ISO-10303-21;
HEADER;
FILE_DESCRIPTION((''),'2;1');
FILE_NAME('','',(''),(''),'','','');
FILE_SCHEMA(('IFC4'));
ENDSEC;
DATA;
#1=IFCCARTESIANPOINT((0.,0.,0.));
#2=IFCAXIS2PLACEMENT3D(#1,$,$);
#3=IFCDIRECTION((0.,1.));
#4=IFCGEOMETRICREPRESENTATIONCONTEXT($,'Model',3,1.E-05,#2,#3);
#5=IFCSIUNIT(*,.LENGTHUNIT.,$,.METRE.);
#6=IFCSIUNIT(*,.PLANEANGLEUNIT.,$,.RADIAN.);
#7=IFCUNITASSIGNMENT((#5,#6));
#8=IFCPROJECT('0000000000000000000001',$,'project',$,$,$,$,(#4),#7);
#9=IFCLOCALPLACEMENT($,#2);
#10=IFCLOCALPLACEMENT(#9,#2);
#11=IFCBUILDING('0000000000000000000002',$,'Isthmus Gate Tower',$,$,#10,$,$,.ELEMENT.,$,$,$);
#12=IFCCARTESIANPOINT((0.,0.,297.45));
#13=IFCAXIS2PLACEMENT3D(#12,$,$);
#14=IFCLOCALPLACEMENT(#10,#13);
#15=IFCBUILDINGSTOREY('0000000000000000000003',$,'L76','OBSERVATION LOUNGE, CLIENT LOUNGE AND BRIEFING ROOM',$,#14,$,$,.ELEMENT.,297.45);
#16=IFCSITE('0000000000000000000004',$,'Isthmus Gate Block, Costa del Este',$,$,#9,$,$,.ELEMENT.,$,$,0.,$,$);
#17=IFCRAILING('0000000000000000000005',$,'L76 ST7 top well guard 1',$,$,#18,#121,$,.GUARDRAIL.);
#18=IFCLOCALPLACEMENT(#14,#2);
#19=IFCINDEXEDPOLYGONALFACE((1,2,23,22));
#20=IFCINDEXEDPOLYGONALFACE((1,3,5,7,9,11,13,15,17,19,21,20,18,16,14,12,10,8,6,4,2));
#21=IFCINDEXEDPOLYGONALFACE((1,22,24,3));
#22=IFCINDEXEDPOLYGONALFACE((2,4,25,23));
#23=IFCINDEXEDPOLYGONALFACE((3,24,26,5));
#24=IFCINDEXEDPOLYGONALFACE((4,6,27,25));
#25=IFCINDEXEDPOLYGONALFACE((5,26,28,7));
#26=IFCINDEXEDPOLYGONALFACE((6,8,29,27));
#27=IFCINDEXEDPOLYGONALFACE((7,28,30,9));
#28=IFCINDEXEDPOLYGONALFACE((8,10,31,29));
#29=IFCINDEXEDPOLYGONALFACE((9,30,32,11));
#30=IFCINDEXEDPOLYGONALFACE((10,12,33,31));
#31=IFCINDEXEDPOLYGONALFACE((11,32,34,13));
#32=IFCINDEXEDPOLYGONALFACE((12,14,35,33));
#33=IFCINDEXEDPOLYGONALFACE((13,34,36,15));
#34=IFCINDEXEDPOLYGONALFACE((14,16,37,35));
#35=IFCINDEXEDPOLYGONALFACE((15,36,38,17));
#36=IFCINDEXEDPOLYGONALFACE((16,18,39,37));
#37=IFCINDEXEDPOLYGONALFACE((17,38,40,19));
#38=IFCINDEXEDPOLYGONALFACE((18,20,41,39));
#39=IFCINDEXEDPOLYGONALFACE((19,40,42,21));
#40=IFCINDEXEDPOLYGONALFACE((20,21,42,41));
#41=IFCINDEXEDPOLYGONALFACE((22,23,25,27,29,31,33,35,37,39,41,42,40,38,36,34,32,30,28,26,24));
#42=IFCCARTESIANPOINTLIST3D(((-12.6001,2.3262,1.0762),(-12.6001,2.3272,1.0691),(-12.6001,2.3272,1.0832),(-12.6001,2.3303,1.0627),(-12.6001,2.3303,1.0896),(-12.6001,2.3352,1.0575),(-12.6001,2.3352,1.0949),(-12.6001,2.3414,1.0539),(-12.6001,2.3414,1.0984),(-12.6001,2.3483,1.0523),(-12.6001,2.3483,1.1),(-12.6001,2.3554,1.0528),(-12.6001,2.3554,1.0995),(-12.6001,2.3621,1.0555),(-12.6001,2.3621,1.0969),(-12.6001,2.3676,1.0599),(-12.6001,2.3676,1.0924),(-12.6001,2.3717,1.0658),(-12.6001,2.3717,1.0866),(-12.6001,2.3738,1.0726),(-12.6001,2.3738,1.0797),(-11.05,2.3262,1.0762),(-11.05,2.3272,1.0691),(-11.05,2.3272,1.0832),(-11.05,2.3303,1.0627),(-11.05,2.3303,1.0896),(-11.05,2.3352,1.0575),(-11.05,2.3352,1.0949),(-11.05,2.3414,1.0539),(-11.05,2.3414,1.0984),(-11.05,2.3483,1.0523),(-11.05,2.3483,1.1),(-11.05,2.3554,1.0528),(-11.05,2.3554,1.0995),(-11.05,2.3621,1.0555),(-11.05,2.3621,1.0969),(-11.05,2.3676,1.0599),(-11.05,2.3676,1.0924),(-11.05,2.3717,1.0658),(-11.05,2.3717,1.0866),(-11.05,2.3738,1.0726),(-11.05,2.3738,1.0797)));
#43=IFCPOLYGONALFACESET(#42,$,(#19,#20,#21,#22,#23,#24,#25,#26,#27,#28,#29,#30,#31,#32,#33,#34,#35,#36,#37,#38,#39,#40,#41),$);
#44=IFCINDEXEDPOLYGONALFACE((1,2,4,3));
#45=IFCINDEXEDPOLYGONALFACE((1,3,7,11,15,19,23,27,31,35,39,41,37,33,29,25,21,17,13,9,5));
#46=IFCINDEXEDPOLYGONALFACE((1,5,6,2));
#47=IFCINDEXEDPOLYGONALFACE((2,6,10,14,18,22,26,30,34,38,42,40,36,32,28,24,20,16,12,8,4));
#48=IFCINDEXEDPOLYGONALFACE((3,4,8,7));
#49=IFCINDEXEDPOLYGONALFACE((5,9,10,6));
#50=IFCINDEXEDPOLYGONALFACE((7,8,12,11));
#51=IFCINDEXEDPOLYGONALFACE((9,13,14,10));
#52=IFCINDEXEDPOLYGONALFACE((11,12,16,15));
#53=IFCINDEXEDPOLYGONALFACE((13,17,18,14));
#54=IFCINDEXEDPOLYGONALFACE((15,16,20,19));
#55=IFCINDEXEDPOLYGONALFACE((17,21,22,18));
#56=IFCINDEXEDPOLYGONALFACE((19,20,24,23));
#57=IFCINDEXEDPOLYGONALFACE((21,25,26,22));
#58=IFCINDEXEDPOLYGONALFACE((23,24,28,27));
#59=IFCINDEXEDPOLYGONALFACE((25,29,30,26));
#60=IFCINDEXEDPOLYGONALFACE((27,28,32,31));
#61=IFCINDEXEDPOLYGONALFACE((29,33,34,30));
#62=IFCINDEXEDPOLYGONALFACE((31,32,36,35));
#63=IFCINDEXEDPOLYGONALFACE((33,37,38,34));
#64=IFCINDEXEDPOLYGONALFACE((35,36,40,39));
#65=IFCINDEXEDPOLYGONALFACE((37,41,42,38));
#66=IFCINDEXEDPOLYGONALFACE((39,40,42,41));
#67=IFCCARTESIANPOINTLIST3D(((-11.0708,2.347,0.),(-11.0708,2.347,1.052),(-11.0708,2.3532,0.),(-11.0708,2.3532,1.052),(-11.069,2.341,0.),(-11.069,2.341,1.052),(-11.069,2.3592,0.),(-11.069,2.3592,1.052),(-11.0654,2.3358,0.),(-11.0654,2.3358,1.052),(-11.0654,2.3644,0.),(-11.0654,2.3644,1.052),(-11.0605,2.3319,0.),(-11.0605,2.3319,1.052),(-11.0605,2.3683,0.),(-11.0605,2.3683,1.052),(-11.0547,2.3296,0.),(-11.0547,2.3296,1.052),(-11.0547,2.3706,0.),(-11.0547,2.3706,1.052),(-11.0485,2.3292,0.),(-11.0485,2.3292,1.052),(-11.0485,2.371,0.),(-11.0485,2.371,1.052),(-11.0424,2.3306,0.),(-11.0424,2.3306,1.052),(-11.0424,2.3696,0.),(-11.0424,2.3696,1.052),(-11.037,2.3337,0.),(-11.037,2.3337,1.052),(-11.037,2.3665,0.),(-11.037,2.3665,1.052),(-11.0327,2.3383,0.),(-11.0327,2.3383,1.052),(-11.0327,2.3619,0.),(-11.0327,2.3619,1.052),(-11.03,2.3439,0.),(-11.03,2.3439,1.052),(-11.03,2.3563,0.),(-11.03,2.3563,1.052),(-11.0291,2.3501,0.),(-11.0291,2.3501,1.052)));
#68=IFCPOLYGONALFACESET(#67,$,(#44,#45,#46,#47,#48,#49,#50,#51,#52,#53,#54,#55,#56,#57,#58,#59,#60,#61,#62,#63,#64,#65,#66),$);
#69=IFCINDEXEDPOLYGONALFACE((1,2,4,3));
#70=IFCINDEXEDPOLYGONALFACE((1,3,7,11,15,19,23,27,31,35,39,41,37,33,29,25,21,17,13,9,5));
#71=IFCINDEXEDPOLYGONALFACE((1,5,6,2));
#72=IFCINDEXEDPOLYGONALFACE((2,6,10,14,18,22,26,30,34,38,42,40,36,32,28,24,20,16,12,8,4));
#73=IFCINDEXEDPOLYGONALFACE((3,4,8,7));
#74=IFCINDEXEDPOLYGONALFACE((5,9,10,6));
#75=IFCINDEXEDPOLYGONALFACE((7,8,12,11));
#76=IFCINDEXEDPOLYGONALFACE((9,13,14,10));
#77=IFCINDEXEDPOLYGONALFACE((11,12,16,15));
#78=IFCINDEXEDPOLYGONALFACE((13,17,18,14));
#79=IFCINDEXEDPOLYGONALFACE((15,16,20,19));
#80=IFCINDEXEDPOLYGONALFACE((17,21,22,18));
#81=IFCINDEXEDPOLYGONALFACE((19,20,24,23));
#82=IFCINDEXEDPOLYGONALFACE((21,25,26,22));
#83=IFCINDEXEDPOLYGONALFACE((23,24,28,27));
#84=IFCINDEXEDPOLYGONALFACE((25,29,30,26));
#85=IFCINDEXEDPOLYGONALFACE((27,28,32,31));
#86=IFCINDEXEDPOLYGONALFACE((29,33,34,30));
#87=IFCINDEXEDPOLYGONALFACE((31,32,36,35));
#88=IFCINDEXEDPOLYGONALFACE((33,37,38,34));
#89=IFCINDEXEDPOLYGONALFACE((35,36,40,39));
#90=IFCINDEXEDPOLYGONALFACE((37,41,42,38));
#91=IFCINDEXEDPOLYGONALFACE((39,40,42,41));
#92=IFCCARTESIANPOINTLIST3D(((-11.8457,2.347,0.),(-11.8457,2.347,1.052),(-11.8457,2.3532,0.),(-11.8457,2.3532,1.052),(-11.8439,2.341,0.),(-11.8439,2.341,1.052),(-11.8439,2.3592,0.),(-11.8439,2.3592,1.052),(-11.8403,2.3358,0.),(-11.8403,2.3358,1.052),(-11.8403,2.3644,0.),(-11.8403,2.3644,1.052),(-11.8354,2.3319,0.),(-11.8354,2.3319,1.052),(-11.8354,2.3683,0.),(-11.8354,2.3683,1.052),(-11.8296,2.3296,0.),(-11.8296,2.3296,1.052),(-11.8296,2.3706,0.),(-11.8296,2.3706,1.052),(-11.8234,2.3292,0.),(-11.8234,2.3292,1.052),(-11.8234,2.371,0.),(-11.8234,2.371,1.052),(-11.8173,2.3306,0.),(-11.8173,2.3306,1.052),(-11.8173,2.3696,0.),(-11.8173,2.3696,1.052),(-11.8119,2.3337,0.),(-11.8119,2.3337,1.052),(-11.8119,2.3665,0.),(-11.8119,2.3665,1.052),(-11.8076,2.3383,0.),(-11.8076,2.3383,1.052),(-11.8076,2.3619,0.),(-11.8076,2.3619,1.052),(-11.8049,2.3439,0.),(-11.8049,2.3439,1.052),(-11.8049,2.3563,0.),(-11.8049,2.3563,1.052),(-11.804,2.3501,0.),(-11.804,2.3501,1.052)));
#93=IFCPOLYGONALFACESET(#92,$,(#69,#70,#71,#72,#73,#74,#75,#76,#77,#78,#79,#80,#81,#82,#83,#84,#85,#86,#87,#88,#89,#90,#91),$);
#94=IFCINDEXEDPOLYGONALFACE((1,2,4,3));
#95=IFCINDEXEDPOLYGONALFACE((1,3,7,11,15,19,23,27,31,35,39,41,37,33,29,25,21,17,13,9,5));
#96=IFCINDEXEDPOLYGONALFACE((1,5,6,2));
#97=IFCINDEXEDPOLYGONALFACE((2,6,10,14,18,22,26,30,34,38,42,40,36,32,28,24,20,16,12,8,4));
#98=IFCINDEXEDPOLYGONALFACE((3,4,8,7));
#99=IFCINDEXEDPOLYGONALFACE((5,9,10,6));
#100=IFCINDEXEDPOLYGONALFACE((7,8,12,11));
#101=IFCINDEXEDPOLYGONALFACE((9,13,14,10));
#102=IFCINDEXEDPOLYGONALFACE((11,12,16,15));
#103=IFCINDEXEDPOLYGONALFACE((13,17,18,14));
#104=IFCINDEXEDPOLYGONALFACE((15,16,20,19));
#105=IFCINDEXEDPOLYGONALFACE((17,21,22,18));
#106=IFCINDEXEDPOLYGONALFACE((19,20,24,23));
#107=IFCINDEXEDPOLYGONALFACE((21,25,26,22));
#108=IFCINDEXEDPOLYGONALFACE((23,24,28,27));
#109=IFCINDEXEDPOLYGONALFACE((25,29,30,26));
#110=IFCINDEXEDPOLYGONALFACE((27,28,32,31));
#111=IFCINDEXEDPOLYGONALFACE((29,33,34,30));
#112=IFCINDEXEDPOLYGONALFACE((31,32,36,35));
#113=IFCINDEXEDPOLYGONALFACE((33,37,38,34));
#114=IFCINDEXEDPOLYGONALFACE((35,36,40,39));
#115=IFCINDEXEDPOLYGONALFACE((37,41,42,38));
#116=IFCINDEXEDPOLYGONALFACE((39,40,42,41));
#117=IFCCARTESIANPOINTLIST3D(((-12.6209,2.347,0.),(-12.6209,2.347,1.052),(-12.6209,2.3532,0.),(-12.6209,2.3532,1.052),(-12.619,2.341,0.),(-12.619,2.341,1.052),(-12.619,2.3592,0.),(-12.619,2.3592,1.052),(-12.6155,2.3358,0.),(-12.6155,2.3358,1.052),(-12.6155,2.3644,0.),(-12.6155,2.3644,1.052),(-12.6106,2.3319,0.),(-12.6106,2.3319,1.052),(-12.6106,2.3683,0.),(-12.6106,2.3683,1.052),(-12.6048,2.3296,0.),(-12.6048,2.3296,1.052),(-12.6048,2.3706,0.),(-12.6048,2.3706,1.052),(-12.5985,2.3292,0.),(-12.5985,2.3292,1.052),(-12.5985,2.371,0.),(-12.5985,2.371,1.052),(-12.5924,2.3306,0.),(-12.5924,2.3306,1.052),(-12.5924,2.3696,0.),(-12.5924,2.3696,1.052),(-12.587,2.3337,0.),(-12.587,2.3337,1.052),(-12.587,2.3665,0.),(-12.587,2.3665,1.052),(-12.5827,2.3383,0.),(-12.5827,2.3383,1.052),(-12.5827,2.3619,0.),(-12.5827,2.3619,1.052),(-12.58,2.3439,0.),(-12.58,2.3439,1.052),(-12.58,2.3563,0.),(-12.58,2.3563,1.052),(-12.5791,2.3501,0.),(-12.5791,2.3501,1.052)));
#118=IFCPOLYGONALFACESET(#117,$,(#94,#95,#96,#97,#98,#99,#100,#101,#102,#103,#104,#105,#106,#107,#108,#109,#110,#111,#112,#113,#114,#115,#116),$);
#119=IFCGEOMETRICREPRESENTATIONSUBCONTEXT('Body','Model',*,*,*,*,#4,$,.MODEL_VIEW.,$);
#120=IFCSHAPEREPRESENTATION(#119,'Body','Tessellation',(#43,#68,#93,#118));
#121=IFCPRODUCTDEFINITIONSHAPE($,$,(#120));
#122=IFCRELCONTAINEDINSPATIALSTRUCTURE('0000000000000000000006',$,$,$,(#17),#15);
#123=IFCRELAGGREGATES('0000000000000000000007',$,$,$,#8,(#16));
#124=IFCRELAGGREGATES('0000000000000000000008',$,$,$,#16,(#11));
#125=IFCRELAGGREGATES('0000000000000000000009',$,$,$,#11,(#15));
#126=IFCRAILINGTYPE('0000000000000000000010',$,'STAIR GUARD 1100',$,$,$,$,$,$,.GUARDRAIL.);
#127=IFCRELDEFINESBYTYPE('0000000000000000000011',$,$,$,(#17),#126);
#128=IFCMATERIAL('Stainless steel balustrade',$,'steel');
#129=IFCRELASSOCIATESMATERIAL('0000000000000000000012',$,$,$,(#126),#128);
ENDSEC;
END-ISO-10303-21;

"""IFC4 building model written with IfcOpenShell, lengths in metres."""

from ifc_helpers import new_model, si_unit, direction, frame, origin, origin_2d, place, context, subcontext, project, spatial, circle, extrude, material, type_object, element, save


model = new_model("IFC4")

# Units and contexts
model_context = context("Model", 3, precision=1e-05, world=origin(), true_north=direction((0.0, 1.0)))
body_context = subcontext(model_context, "Body", "Model", "MODEL_VIEW")
ifc_project = project(units=[si_unit("LENGTHUNIT", "METRE"), si_unit("PLANEANGLEUNIT", "RADIAN")], contexts=[model_context])

# Site, building, storey
site_placement = place(None, origin())
site = spatial("IfcSite", under=ifc_project, at=site_placement, Name="Isthmus Gate Block, Costa del Este", CompositionType="ELEMENT", RefElevation=0.0)
building_placement = place(site_placement, origin())
building = spatial("IfcBuilding", under=site, at=building_placement, Name="Isthmus Gate Tower", CompositionType="ELEMENT")
storey_placement = place(building_placement, frame((0.0, 0.0, 297.45)))
storey = spatial("IfcBuildingStorey", under=building, at=storey_placement, Name="L76", Description="OBSERVATION LOUNGE, CLIENT LOUNGE AND BRIEFING ROOM", CompositionType="ELEMENT", Elevation=297.45)

# Railing
ifc_material_1 = material(Name="Stainless steel balustrade", Category="steel")
railing_type_1 = type_object("IfcRailingType", Name="STAIR GUARD 1100", PredefinedType="GUARDRAIL", material=ifc_material_1)
railing_1_placement = place(storey_placement, frame((-11.05, 2.3501, 0.0)))
element("IfcRailing", 1, at=railing_1_placement, inside=storey, type_object=railing_type_1, Name="L76 ST7 top well guard 1", PredefinedType="GUARDRAIL", context=body_context, shape_type="SweptSolid", body=[
    extrude(circle(Radius=0.0239, at=origin_2d()), frame((0.0, 0.0, 1.0762), z_axis=(-1.0, 0.0, 0.0), x_axis=(0.0, -1.0, 0.0)), (0.0, 0.0, 1.0), 1.55),
    extrude(circle(Radius=0.021, at=origin_2d()), origin(), (0.0, 0.0, 1.0), 1.052),
    extrude(circle(Radius=0.021, at=origin_2d()), frame((-0.7749, 0.0, 0.0)), (0.0, 0.0, 1.0), 1.052),
    extrude(circle(Radius=0.021, at=origin_2d()), frame((-1.55, 0.0, 0.0)), (0.0, 0.0, 1.0), 1.052),
])

save(model, "model.ifc")
